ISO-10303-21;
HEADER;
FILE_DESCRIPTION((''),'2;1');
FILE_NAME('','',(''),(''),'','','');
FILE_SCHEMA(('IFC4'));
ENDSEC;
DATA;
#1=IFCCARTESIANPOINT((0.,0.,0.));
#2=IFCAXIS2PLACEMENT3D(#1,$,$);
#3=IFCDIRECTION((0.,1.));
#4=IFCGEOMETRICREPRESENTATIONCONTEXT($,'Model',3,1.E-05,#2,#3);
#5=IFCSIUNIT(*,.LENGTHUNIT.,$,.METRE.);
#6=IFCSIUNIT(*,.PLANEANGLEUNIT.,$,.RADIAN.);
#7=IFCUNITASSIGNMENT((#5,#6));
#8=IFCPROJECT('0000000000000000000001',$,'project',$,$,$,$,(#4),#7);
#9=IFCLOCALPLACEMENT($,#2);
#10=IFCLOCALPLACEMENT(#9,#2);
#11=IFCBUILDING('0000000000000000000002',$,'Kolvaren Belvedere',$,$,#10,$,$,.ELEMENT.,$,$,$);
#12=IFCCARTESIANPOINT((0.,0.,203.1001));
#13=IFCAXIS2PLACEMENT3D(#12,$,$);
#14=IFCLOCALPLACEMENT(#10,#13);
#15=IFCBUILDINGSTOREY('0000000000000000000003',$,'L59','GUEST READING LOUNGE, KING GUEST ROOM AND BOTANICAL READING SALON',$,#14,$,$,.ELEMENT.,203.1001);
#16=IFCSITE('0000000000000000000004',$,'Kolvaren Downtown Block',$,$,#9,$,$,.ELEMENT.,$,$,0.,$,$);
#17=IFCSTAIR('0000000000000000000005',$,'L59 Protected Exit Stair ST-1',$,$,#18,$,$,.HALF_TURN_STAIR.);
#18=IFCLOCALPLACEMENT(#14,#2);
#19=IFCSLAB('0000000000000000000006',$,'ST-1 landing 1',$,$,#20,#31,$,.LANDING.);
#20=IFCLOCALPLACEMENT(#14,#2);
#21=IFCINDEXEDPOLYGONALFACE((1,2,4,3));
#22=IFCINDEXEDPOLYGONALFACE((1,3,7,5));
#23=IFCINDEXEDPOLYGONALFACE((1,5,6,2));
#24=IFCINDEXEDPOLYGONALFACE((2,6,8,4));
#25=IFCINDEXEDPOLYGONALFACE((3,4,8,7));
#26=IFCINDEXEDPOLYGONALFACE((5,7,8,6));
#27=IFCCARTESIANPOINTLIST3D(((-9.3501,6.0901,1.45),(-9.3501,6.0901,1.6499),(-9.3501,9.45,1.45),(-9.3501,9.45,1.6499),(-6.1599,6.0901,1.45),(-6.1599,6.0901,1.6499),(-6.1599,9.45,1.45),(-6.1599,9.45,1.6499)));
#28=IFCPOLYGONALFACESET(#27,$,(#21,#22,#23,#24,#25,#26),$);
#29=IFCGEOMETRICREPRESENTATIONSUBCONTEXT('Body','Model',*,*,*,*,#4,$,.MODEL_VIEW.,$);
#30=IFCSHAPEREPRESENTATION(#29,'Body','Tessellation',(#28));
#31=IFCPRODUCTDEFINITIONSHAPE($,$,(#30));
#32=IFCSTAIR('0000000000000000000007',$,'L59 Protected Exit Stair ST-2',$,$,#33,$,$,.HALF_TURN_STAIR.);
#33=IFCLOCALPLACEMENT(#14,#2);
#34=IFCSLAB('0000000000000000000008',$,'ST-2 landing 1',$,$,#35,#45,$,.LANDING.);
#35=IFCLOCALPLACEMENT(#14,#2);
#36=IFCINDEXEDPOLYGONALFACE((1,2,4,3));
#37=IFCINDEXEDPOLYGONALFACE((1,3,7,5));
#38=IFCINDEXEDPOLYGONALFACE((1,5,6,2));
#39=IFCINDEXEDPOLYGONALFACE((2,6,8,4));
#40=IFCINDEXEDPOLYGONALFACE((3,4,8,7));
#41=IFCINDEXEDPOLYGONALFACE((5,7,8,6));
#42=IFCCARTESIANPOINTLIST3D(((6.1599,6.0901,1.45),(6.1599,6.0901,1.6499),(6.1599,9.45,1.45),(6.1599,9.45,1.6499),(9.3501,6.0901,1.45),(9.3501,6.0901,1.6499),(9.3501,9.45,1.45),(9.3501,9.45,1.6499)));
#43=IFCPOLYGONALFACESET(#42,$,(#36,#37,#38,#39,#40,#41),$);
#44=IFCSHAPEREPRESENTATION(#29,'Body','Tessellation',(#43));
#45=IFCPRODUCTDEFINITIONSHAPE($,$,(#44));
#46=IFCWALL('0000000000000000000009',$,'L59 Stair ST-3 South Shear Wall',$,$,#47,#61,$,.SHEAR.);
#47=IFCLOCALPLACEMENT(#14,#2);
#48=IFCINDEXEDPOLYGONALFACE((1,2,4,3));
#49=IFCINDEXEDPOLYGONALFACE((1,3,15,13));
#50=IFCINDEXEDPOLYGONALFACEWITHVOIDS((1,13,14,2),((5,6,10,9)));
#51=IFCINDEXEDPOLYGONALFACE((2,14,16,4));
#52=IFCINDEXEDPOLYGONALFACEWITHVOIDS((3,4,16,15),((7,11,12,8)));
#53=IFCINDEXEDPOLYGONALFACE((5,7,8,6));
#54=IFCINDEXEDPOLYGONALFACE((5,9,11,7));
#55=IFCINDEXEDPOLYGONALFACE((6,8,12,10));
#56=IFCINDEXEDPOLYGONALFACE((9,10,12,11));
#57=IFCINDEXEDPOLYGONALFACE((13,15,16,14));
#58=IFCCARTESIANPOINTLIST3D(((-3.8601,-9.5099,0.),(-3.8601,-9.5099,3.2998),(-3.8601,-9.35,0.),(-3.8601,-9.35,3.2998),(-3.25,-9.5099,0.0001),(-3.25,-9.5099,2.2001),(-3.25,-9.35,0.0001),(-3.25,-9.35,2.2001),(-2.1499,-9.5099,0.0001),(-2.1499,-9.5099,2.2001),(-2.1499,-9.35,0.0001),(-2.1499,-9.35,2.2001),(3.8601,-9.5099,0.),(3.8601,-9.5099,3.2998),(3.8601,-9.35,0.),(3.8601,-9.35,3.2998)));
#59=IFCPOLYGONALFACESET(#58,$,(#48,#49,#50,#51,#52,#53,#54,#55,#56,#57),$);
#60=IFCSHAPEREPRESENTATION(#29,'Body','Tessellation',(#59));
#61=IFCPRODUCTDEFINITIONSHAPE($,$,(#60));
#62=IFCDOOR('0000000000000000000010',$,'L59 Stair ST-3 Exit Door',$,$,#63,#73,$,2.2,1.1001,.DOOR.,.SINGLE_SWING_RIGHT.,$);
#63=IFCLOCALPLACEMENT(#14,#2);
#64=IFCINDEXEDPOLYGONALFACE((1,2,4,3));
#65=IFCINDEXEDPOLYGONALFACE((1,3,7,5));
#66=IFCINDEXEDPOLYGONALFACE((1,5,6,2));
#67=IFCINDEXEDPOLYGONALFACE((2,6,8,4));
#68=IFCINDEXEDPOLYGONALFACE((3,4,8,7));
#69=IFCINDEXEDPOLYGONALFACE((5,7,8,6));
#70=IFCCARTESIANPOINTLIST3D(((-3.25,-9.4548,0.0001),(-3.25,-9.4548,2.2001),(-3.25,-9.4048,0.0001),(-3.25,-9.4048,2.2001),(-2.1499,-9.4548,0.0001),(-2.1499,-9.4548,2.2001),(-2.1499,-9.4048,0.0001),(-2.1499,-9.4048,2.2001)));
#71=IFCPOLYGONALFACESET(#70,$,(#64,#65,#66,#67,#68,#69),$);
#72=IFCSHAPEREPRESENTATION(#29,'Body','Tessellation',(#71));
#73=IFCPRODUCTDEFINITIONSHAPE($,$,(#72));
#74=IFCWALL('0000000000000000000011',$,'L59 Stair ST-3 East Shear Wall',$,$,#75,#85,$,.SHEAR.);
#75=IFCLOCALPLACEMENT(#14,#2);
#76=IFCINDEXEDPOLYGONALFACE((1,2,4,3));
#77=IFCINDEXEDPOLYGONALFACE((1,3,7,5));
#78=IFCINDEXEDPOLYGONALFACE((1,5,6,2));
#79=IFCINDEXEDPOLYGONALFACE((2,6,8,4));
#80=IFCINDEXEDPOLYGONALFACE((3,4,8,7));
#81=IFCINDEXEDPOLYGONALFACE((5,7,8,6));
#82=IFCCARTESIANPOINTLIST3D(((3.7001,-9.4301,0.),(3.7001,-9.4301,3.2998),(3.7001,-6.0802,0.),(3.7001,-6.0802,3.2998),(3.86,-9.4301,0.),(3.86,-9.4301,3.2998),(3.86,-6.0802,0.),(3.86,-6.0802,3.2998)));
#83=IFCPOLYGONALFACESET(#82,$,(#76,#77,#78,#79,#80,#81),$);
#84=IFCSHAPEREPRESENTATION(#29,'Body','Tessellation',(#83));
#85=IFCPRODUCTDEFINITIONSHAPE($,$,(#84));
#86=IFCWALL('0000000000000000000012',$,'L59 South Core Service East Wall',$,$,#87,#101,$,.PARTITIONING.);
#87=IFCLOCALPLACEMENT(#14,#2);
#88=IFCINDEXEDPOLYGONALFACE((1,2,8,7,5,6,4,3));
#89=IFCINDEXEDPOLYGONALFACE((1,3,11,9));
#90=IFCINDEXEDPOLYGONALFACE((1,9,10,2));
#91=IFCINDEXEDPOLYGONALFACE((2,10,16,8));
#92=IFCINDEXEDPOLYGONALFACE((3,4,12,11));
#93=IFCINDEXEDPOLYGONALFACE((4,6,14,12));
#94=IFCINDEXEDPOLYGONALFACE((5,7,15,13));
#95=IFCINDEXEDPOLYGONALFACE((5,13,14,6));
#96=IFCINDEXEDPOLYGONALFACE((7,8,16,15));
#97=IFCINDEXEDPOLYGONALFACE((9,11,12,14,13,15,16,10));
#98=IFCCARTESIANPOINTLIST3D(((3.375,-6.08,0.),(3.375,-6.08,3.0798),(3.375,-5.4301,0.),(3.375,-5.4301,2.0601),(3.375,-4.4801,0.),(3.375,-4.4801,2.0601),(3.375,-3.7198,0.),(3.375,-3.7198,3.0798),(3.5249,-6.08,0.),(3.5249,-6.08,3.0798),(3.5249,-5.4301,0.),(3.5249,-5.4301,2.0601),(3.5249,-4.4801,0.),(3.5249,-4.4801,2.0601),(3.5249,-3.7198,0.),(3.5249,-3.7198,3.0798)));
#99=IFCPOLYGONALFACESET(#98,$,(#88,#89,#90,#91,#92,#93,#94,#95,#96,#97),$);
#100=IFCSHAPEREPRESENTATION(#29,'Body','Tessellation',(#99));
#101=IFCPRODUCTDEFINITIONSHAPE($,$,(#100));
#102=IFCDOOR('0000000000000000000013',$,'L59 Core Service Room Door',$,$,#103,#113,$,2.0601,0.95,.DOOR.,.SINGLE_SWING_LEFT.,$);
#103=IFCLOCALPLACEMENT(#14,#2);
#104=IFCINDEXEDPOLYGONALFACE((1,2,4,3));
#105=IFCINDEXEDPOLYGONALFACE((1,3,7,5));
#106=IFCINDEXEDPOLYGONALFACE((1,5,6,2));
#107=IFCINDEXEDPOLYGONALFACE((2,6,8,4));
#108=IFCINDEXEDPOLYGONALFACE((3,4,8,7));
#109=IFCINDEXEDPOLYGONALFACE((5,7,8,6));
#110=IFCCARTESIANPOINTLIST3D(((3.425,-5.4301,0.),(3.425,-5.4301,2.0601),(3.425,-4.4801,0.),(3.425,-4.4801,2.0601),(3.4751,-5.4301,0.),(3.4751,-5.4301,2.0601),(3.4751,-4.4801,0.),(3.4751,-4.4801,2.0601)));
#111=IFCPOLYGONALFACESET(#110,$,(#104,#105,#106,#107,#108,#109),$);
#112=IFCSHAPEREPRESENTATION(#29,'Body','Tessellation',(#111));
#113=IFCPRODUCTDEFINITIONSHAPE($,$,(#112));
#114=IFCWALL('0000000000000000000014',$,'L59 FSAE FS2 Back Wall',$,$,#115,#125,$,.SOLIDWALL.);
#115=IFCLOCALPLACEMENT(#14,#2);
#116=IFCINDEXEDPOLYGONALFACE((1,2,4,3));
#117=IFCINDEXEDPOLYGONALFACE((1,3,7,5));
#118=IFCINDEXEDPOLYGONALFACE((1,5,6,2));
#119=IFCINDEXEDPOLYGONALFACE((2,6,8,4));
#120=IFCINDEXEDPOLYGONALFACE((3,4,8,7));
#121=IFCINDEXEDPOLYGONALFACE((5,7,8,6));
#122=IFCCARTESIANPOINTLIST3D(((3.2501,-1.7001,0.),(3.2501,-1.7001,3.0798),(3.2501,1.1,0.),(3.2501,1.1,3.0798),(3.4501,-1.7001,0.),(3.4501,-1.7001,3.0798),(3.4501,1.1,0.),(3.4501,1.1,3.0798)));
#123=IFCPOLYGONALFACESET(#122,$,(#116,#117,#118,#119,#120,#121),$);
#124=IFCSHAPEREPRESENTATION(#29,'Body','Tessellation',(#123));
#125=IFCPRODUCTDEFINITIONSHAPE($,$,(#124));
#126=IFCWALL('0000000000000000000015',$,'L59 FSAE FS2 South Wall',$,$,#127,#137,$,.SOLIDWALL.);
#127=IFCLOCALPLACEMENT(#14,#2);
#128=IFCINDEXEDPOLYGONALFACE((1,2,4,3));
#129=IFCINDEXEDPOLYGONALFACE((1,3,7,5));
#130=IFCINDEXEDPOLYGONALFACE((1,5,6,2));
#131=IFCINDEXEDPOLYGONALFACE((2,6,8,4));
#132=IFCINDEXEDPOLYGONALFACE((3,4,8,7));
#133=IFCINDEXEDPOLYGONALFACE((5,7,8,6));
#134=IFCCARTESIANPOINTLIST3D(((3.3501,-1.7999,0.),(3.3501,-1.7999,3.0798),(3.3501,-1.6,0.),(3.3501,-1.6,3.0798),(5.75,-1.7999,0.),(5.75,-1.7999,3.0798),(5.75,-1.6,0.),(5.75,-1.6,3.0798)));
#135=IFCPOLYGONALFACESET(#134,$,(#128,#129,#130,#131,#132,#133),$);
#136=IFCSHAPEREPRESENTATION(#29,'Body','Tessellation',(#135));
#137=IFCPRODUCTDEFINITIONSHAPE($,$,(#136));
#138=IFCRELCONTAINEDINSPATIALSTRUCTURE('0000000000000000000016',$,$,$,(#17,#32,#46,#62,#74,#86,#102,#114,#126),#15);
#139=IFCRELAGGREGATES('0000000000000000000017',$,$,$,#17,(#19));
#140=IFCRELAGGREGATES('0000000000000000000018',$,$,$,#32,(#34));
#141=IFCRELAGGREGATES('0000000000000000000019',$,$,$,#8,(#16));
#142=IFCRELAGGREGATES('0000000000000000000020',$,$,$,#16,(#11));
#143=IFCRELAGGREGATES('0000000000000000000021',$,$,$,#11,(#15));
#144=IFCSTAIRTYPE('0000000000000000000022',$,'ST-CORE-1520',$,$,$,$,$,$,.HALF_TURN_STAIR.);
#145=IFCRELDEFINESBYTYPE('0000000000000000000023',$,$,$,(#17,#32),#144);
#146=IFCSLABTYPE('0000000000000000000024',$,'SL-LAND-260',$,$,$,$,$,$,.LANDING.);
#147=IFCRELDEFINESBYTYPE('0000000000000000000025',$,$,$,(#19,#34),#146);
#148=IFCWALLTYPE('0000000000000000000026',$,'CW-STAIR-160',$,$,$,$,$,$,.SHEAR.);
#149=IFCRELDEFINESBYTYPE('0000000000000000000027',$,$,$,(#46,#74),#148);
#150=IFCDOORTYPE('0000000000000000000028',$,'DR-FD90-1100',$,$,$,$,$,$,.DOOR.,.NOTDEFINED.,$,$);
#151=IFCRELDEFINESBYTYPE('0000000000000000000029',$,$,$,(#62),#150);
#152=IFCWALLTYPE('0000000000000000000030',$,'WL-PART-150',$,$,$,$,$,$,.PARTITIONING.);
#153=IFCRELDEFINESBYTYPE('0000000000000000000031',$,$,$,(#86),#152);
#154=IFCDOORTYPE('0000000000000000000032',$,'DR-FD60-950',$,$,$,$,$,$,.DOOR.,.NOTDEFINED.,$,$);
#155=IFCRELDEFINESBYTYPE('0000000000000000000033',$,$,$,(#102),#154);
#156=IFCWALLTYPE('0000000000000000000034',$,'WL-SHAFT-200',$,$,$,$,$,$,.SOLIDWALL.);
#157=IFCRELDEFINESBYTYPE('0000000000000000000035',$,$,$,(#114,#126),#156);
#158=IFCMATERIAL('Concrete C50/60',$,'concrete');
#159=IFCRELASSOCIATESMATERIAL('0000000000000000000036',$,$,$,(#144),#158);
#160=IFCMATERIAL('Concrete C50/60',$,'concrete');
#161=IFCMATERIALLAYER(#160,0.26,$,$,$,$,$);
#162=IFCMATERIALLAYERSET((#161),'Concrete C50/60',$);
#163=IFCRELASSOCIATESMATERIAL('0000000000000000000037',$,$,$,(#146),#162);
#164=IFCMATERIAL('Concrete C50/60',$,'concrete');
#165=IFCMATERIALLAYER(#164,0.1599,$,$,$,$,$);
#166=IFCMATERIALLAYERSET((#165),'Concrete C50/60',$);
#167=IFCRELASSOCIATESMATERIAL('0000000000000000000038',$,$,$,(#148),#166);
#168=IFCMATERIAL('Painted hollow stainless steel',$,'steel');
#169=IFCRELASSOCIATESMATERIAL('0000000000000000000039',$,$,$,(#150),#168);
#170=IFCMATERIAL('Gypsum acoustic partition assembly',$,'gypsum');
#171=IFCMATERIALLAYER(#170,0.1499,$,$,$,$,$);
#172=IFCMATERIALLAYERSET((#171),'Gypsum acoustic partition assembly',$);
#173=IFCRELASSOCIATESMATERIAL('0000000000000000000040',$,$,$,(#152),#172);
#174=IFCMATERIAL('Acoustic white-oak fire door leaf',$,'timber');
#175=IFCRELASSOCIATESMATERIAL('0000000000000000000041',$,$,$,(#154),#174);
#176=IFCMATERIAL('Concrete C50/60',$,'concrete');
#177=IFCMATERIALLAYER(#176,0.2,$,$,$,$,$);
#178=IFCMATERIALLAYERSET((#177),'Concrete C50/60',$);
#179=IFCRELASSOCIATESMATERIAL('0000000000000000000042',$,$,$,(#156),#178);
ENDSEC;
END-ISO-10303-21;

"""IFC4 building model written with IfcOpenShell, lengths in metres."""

from ifc_helpers import new_model, si_unit, direction, frame, frame_2d, origin, place, context, subcontext, project, spatial, polyline, rectangle, outline, extrude, material, layer, layer_set, type_object, element, fill, aggregate, save


model = new_model("IFC4")

# Units and contexts
model_context = context("Model", 3, precision=1e-05, world=origin(), true_north=direction((0.0, 1.0)))
body_context = subcontext(model_context, "Body", "Model", "MODEL_VIEW")
ifc_project = project(units=[si_unit("LENGTHUNIT", "METRE"), si_unit("PLANEANGLEUNIT", "RADIAN")], contexts=[model_context])

# Site, building, storey
site_placement = place(None, origin())
site = spatial("IfcSite", under=ifc_project, at=site_placement, Name="Kolvaren Downtown Block", CompositionType="ELEMENT", RefElevation=0.0)
building_placement = place(site_placement, origin())
building = spatial("IfcBuilding", under=site, at=building_placement, Name="Kolvaren Belvedere", CompositionType="ELEMENT")
storey_placement = place(building_placement, frame((0.0, 0.0, 203.1001)))
storey = spatial("IfcBuildingStorey", under=building, at=storey_placement, Name="L59", Description="GUEST READING LOUNGE, KING GUEST ROOM AND BOTANICAL READING SALON", CompositionType="ELEMENT", Elevation=203.1001)

# Stairs, slabs
ifc_material_1 = material(Name="Concrete C50/60", Category="concrete")
stair_type = type_object("IfcStairType", Name="ST-CORE-1520", PredefinedType="HALF_TURN_STAIR", material=ifc_material_1)
stair_1_placement = place(storey_placement, origin())
stair_1 = element("IfcStair", 1, at=stair_1_placement, inside=storey, type_object=stair_type, Name="L59 Protected Exit Stair ST-1", PredefinedType="HALF_TURN_STAIR")
ifc_material_2 = material(Name="Concrete C50/60", Category="concrete")
ifc_layer_1 = layer(ifc_material_2, 0.26)
ifc_layer_set_1 = layer_set([ifc_layer_1], Name="Concrete C50/60")
slab_type = type_object("IfcSlabType", Name="SL-LAND-260", PredefinedType="LANDING", material=ifc_layer_set_1)
slab_1_placement = place(storey_placement, frame((0.0, 0.0, 1.45)))
slab_1 = element("IfcSlab", 2, at=slab_1_placement, type_object=slab_type, Name="ST-1 landing 1", PredefinedType="LANDING", context=body_context, shape_type="SweptSolid", body=[
    extrude(outline(polyline([(-6.1599, 6.0901), (-6.1599, 9.45), (-9.3501, 9.45), (-9.3501, 6.0901), (-6.1599, 6.0901)])), origin(), (0.0, 0.0, 1.0), 0.2),
])
aggregate(stair_1, [slab_1])
stair_2_placement = place(storey_placement, origin())
stair_2 = element("IfcStair", 3, at=stair_2_placement, inside=storey, type_object=stair_type, Name="L59 Protected Exit Stair ST-2", PredefinedType="HALF_TURN_STAIR")
slab_2_placement = place(storey_placement, frame((0.0, 0.0, 1.45)))
slab_2 = element("IfcSlab", 4, at=slab_2_placement, type_object=slab_type, Name="ST-2 landing 1", PredefinedType="LANDING", context=body_context, shape_type="SweptSolid", body=[
    extrude(outline(polyline([(9.3501, 6.0901), (9.3501, 9.45), (6.1599, 9.45), (6.1599, 6.0901), (9.3501, 6.0901)])), origin(), (0.0, 0.0, 1.0), 0.2),
])
aggregate(stair_2, [slab_2])

# Wall, opening, door
ifc_material_3 = material(Name="Concrete C50/60", Category="concrete")
ifc_layer_2 = layer(ifc_material_3, 0.1599)
ifc_layer_set_2 = layer_set([ifc_layer_2], Name="Concrete C50/60")
wall_type_1 = type_object("IfcWallType", Name="CW-STAIR-160", PredefinedType="SHEAR", material=ifc_layer_set_2)
wall_1_placement = place(storey_placement, frame((3.8601, -9.4299, 0.0), z_axis=(0.0, 0.0, 1.0), x_axis=(-1.0, 0.0, 0.0)))
wall_1 = element("IfcWall", 5, at=wall_1_placement, inside=storey, type_object=wall_type_1, Name="L59 Stair ST-3 South Shear Wall", PredefinedType="SHEAR", context=body_context, shape_type="SweptSolid", body=[
    extrude(rectangle(XDim=7.7202, YDim=0.1599, at=frame_2d((3.8601, 0.0))), origin(), (0.0, 0.0, 1.0), 3.2998),
])
opening_1_placement = place(wall_1_placement, frame((6.01, 0.0, 0.0)))
opening_1 = element("IfcOpeningElement", 6, at=opening_1_placement, cuts=wall_1, PredefinedType="OPENING", context=body_context, shape_type="SweptSolid", body=[
    extrude(rectangle(XDim=1.1001, YDim=2.2, at=frame_2d((0.55, 1.1001))), frame((0.0, 0.0898, 0.0), z_axis=(0.0, -1.0, 0.0), x_axis=(1.0, 0.0, 0.0)), (0.0, 0.0, 1.0), 0.1799),
])
ifc_material_4 = material(Name="Painted hollow stainless steel", Category="steel")
door_type_1 = type_object("IfcDoorType", Name="DR-FD90-1100", OperationType="NOTDEFINED", PredefinedType="DOOR", material=ifc_material_4)
door_1_placement = place(opening_1_placement, origin())
door_1 = element("IfcDoor", 7, at=door_1_placement, inside=storey, type_object=door_type_1, Name="L59 Stair ST-3 Exit Door", OperationType="SINGLE_SWING_RIGHT", OverallHeight=2.2, OverallWidth=1.1001, PredefinedType="DOOR", context=body_context, shape_type="SweptSolid", body=[
    extrude(rectangle(XDim=1.1001, YDim=2.2, at=frame_2d((0.55, 1.1001))), frame((0.0, 0.0249, 0.0), z_axis=(0.0, -1.0, 0.0), x_axis=(1.0, 0.0, 0.0)), (0.0, 0.0, 1.0), 0.05),
])
fill(opening_1, door_1)

# Wall
wall_2_placement = place(storey_placement, frame((3.78, -9.4299, 0.0), z_axis=(0.0, 0.0, 1.0), x_axis=(0.0, 1.0, 0.0)))
element("IfcWall", 8, at=wall_2_placement, inside=storey, type_object=wall_type_1, Name="L59 Stair ST-3 East Shear Wall", PredefinedType="SHEAR", context=body_context, shape_type="SweptSolid", body=[
    extrude(rectangle(XDim=3.3499, YDim=0.1599, at=frame_2d((1.6748, 0.0))), origin(), (0.0, 0.0, 1.0), 3.2998),
])

# Wall, opening, door
ifc_material_5 = material(Name="Gypsum acoustic partition assembly", Category="gypsum")
ifc_layer_3 = layer(ifc_material_5, 0.1499)
ifc_layer_set_3 = layer_set([ifc_layer_3], Name="Gypsum acoustic partition assembly")
wall_type_2 = type_object("IfcWallType", Name="WL-PART-150", PredefinedType="PARTITIONING", material=ifc_layer_set_3)
wall_3_placement = place(storey_placement, frame((3.45, -6.0801, 0.0), z_axis=(0.0, 0.0, 1.0), x_axis=(0.0, 1.0, 0.0)))
wall_3 = element("IfcWall", 9, at=wall_3_placement, inside=storey, type_object=wall_type_2, Name="L59 South Core Service East Wall", PredefinedType="PARTITIONING", context=body_context, shape_type="SweptSolid", body=[
    extrude(rectangle(XDim=2.3601, YDim=0.1499, at=frame_2d((1.1802, 0.0))), origin(), (0.0, 0.0, 1.0), 3.0798),
])
opening_2_placement = place(wall_3_placement, frame((0.6499, 0.0, 0.0)))
opening_2 = element("IfcOpeningElement", 10, at=opening_2_placement, cuts=wall_3, PredefinedType="OPENING", context=body_context, shape_type="SweptSolid", body=[
    extrude(rectangle(XDim=0.95, YDim=2.0601, at=frame_2d((0.4751, 1.03))), frame((0.0, 0.085, 0.0), z_axis=(0.0, -1.0, 0.0), x_axis=(1.0, 0.0, 0.0)), (0.0, 0.0, 1.0), 0.1699),
])
ifc_material_6 = material(Name="Acoustic white-oak fire door leaf", Category="timber")
door_type_2 = type_object("IfcDoorType", Name="DR-FD60-950", OperationType="NOTDEFINED", PredefinedType="DOOR", material=ifc_material_6)
door_2_placement = place(opening_2_placement, origin())
door_2 = element("IfcDoor", 11, at=door_2_placement, inside=storey, type_object=door_type_2, Name="L59 Core Service Room Door", OperationType="SINGLE_SWING_LEFT", OverallHeight=2.0601, OverallWidth=0.95, PredefinedType="DOOR", context=body_context, shape_type="SweptSolid", body=[
    extrude(rectangle(XDim=0.95, YDim=2.0601, at=frame_2d((0.4751, 1.03))), frame((0.0, 0.0249, 0.0), z_axis=(0.0, -1.0, 0.0), x_axis=(1.0, 0.0, 0.0)), (0.0, 0.0, 1.0), 0.05),
])
fill(opening_2, door_2)

# Walls
ifc_material_7 = material(Name="Concrete C50/60", Category="concrete")
ifc_layer_4 = layer(ifc_material_7, 0.2)
ifc_layer_set_4 = layer_set([ifc_layer_4], Name="Concrete C50/60")
wall_type_3 = type_object("IfcWallType", Name="WL-SHAFT-200", PredefinedType="SOLIDWALL", material=ifc_layer_set_4)
wall_4_placement = place(storey_placement, frame((3.3501, -1.7, 0.0), z_axis=(0.0, 0.0, 1.0), x_axis=(0.0, 1.0, 0.0)))
element("IfcWall", 12, at=wall_4_placement, inside=storey, type_object=wall_type_3, Name="L59 FSAE FS2 Back Wall", PredefinedType="SOLIDWALL", context=body_context, shape_type="SweptSolid", body=[
    extrude(rectangle(XDim=2.8, YDim=0.2, at=frame_2d((1.3999, 0.0))), origin(), (0.0, 0.0, 1.0), 3.0798),
])
wall_5_placement = place(storey_placement, frame((3.3501, -1.7, 0.0), z_axis=(0.0, 0.0, 1.0), x_axis=(1.0, 0.0, 0.0)))
element("IfcWall", 13, at=wall_5_placement, inside=storey, type_object=wall_type_3, Name="L59 FSAE FS2 South Wall", PredefinedType="SOLIDWALL", context=body_context, shape_type="SweptSolid", body=[
    extrude(rectangle(XDim=2.3999, YDim=0.2, at=frame_2d((1.2, 0.0))), origin(), (0.0, 0.0, 1.0), 3.0798),
])

save(model, "model.ifc")
